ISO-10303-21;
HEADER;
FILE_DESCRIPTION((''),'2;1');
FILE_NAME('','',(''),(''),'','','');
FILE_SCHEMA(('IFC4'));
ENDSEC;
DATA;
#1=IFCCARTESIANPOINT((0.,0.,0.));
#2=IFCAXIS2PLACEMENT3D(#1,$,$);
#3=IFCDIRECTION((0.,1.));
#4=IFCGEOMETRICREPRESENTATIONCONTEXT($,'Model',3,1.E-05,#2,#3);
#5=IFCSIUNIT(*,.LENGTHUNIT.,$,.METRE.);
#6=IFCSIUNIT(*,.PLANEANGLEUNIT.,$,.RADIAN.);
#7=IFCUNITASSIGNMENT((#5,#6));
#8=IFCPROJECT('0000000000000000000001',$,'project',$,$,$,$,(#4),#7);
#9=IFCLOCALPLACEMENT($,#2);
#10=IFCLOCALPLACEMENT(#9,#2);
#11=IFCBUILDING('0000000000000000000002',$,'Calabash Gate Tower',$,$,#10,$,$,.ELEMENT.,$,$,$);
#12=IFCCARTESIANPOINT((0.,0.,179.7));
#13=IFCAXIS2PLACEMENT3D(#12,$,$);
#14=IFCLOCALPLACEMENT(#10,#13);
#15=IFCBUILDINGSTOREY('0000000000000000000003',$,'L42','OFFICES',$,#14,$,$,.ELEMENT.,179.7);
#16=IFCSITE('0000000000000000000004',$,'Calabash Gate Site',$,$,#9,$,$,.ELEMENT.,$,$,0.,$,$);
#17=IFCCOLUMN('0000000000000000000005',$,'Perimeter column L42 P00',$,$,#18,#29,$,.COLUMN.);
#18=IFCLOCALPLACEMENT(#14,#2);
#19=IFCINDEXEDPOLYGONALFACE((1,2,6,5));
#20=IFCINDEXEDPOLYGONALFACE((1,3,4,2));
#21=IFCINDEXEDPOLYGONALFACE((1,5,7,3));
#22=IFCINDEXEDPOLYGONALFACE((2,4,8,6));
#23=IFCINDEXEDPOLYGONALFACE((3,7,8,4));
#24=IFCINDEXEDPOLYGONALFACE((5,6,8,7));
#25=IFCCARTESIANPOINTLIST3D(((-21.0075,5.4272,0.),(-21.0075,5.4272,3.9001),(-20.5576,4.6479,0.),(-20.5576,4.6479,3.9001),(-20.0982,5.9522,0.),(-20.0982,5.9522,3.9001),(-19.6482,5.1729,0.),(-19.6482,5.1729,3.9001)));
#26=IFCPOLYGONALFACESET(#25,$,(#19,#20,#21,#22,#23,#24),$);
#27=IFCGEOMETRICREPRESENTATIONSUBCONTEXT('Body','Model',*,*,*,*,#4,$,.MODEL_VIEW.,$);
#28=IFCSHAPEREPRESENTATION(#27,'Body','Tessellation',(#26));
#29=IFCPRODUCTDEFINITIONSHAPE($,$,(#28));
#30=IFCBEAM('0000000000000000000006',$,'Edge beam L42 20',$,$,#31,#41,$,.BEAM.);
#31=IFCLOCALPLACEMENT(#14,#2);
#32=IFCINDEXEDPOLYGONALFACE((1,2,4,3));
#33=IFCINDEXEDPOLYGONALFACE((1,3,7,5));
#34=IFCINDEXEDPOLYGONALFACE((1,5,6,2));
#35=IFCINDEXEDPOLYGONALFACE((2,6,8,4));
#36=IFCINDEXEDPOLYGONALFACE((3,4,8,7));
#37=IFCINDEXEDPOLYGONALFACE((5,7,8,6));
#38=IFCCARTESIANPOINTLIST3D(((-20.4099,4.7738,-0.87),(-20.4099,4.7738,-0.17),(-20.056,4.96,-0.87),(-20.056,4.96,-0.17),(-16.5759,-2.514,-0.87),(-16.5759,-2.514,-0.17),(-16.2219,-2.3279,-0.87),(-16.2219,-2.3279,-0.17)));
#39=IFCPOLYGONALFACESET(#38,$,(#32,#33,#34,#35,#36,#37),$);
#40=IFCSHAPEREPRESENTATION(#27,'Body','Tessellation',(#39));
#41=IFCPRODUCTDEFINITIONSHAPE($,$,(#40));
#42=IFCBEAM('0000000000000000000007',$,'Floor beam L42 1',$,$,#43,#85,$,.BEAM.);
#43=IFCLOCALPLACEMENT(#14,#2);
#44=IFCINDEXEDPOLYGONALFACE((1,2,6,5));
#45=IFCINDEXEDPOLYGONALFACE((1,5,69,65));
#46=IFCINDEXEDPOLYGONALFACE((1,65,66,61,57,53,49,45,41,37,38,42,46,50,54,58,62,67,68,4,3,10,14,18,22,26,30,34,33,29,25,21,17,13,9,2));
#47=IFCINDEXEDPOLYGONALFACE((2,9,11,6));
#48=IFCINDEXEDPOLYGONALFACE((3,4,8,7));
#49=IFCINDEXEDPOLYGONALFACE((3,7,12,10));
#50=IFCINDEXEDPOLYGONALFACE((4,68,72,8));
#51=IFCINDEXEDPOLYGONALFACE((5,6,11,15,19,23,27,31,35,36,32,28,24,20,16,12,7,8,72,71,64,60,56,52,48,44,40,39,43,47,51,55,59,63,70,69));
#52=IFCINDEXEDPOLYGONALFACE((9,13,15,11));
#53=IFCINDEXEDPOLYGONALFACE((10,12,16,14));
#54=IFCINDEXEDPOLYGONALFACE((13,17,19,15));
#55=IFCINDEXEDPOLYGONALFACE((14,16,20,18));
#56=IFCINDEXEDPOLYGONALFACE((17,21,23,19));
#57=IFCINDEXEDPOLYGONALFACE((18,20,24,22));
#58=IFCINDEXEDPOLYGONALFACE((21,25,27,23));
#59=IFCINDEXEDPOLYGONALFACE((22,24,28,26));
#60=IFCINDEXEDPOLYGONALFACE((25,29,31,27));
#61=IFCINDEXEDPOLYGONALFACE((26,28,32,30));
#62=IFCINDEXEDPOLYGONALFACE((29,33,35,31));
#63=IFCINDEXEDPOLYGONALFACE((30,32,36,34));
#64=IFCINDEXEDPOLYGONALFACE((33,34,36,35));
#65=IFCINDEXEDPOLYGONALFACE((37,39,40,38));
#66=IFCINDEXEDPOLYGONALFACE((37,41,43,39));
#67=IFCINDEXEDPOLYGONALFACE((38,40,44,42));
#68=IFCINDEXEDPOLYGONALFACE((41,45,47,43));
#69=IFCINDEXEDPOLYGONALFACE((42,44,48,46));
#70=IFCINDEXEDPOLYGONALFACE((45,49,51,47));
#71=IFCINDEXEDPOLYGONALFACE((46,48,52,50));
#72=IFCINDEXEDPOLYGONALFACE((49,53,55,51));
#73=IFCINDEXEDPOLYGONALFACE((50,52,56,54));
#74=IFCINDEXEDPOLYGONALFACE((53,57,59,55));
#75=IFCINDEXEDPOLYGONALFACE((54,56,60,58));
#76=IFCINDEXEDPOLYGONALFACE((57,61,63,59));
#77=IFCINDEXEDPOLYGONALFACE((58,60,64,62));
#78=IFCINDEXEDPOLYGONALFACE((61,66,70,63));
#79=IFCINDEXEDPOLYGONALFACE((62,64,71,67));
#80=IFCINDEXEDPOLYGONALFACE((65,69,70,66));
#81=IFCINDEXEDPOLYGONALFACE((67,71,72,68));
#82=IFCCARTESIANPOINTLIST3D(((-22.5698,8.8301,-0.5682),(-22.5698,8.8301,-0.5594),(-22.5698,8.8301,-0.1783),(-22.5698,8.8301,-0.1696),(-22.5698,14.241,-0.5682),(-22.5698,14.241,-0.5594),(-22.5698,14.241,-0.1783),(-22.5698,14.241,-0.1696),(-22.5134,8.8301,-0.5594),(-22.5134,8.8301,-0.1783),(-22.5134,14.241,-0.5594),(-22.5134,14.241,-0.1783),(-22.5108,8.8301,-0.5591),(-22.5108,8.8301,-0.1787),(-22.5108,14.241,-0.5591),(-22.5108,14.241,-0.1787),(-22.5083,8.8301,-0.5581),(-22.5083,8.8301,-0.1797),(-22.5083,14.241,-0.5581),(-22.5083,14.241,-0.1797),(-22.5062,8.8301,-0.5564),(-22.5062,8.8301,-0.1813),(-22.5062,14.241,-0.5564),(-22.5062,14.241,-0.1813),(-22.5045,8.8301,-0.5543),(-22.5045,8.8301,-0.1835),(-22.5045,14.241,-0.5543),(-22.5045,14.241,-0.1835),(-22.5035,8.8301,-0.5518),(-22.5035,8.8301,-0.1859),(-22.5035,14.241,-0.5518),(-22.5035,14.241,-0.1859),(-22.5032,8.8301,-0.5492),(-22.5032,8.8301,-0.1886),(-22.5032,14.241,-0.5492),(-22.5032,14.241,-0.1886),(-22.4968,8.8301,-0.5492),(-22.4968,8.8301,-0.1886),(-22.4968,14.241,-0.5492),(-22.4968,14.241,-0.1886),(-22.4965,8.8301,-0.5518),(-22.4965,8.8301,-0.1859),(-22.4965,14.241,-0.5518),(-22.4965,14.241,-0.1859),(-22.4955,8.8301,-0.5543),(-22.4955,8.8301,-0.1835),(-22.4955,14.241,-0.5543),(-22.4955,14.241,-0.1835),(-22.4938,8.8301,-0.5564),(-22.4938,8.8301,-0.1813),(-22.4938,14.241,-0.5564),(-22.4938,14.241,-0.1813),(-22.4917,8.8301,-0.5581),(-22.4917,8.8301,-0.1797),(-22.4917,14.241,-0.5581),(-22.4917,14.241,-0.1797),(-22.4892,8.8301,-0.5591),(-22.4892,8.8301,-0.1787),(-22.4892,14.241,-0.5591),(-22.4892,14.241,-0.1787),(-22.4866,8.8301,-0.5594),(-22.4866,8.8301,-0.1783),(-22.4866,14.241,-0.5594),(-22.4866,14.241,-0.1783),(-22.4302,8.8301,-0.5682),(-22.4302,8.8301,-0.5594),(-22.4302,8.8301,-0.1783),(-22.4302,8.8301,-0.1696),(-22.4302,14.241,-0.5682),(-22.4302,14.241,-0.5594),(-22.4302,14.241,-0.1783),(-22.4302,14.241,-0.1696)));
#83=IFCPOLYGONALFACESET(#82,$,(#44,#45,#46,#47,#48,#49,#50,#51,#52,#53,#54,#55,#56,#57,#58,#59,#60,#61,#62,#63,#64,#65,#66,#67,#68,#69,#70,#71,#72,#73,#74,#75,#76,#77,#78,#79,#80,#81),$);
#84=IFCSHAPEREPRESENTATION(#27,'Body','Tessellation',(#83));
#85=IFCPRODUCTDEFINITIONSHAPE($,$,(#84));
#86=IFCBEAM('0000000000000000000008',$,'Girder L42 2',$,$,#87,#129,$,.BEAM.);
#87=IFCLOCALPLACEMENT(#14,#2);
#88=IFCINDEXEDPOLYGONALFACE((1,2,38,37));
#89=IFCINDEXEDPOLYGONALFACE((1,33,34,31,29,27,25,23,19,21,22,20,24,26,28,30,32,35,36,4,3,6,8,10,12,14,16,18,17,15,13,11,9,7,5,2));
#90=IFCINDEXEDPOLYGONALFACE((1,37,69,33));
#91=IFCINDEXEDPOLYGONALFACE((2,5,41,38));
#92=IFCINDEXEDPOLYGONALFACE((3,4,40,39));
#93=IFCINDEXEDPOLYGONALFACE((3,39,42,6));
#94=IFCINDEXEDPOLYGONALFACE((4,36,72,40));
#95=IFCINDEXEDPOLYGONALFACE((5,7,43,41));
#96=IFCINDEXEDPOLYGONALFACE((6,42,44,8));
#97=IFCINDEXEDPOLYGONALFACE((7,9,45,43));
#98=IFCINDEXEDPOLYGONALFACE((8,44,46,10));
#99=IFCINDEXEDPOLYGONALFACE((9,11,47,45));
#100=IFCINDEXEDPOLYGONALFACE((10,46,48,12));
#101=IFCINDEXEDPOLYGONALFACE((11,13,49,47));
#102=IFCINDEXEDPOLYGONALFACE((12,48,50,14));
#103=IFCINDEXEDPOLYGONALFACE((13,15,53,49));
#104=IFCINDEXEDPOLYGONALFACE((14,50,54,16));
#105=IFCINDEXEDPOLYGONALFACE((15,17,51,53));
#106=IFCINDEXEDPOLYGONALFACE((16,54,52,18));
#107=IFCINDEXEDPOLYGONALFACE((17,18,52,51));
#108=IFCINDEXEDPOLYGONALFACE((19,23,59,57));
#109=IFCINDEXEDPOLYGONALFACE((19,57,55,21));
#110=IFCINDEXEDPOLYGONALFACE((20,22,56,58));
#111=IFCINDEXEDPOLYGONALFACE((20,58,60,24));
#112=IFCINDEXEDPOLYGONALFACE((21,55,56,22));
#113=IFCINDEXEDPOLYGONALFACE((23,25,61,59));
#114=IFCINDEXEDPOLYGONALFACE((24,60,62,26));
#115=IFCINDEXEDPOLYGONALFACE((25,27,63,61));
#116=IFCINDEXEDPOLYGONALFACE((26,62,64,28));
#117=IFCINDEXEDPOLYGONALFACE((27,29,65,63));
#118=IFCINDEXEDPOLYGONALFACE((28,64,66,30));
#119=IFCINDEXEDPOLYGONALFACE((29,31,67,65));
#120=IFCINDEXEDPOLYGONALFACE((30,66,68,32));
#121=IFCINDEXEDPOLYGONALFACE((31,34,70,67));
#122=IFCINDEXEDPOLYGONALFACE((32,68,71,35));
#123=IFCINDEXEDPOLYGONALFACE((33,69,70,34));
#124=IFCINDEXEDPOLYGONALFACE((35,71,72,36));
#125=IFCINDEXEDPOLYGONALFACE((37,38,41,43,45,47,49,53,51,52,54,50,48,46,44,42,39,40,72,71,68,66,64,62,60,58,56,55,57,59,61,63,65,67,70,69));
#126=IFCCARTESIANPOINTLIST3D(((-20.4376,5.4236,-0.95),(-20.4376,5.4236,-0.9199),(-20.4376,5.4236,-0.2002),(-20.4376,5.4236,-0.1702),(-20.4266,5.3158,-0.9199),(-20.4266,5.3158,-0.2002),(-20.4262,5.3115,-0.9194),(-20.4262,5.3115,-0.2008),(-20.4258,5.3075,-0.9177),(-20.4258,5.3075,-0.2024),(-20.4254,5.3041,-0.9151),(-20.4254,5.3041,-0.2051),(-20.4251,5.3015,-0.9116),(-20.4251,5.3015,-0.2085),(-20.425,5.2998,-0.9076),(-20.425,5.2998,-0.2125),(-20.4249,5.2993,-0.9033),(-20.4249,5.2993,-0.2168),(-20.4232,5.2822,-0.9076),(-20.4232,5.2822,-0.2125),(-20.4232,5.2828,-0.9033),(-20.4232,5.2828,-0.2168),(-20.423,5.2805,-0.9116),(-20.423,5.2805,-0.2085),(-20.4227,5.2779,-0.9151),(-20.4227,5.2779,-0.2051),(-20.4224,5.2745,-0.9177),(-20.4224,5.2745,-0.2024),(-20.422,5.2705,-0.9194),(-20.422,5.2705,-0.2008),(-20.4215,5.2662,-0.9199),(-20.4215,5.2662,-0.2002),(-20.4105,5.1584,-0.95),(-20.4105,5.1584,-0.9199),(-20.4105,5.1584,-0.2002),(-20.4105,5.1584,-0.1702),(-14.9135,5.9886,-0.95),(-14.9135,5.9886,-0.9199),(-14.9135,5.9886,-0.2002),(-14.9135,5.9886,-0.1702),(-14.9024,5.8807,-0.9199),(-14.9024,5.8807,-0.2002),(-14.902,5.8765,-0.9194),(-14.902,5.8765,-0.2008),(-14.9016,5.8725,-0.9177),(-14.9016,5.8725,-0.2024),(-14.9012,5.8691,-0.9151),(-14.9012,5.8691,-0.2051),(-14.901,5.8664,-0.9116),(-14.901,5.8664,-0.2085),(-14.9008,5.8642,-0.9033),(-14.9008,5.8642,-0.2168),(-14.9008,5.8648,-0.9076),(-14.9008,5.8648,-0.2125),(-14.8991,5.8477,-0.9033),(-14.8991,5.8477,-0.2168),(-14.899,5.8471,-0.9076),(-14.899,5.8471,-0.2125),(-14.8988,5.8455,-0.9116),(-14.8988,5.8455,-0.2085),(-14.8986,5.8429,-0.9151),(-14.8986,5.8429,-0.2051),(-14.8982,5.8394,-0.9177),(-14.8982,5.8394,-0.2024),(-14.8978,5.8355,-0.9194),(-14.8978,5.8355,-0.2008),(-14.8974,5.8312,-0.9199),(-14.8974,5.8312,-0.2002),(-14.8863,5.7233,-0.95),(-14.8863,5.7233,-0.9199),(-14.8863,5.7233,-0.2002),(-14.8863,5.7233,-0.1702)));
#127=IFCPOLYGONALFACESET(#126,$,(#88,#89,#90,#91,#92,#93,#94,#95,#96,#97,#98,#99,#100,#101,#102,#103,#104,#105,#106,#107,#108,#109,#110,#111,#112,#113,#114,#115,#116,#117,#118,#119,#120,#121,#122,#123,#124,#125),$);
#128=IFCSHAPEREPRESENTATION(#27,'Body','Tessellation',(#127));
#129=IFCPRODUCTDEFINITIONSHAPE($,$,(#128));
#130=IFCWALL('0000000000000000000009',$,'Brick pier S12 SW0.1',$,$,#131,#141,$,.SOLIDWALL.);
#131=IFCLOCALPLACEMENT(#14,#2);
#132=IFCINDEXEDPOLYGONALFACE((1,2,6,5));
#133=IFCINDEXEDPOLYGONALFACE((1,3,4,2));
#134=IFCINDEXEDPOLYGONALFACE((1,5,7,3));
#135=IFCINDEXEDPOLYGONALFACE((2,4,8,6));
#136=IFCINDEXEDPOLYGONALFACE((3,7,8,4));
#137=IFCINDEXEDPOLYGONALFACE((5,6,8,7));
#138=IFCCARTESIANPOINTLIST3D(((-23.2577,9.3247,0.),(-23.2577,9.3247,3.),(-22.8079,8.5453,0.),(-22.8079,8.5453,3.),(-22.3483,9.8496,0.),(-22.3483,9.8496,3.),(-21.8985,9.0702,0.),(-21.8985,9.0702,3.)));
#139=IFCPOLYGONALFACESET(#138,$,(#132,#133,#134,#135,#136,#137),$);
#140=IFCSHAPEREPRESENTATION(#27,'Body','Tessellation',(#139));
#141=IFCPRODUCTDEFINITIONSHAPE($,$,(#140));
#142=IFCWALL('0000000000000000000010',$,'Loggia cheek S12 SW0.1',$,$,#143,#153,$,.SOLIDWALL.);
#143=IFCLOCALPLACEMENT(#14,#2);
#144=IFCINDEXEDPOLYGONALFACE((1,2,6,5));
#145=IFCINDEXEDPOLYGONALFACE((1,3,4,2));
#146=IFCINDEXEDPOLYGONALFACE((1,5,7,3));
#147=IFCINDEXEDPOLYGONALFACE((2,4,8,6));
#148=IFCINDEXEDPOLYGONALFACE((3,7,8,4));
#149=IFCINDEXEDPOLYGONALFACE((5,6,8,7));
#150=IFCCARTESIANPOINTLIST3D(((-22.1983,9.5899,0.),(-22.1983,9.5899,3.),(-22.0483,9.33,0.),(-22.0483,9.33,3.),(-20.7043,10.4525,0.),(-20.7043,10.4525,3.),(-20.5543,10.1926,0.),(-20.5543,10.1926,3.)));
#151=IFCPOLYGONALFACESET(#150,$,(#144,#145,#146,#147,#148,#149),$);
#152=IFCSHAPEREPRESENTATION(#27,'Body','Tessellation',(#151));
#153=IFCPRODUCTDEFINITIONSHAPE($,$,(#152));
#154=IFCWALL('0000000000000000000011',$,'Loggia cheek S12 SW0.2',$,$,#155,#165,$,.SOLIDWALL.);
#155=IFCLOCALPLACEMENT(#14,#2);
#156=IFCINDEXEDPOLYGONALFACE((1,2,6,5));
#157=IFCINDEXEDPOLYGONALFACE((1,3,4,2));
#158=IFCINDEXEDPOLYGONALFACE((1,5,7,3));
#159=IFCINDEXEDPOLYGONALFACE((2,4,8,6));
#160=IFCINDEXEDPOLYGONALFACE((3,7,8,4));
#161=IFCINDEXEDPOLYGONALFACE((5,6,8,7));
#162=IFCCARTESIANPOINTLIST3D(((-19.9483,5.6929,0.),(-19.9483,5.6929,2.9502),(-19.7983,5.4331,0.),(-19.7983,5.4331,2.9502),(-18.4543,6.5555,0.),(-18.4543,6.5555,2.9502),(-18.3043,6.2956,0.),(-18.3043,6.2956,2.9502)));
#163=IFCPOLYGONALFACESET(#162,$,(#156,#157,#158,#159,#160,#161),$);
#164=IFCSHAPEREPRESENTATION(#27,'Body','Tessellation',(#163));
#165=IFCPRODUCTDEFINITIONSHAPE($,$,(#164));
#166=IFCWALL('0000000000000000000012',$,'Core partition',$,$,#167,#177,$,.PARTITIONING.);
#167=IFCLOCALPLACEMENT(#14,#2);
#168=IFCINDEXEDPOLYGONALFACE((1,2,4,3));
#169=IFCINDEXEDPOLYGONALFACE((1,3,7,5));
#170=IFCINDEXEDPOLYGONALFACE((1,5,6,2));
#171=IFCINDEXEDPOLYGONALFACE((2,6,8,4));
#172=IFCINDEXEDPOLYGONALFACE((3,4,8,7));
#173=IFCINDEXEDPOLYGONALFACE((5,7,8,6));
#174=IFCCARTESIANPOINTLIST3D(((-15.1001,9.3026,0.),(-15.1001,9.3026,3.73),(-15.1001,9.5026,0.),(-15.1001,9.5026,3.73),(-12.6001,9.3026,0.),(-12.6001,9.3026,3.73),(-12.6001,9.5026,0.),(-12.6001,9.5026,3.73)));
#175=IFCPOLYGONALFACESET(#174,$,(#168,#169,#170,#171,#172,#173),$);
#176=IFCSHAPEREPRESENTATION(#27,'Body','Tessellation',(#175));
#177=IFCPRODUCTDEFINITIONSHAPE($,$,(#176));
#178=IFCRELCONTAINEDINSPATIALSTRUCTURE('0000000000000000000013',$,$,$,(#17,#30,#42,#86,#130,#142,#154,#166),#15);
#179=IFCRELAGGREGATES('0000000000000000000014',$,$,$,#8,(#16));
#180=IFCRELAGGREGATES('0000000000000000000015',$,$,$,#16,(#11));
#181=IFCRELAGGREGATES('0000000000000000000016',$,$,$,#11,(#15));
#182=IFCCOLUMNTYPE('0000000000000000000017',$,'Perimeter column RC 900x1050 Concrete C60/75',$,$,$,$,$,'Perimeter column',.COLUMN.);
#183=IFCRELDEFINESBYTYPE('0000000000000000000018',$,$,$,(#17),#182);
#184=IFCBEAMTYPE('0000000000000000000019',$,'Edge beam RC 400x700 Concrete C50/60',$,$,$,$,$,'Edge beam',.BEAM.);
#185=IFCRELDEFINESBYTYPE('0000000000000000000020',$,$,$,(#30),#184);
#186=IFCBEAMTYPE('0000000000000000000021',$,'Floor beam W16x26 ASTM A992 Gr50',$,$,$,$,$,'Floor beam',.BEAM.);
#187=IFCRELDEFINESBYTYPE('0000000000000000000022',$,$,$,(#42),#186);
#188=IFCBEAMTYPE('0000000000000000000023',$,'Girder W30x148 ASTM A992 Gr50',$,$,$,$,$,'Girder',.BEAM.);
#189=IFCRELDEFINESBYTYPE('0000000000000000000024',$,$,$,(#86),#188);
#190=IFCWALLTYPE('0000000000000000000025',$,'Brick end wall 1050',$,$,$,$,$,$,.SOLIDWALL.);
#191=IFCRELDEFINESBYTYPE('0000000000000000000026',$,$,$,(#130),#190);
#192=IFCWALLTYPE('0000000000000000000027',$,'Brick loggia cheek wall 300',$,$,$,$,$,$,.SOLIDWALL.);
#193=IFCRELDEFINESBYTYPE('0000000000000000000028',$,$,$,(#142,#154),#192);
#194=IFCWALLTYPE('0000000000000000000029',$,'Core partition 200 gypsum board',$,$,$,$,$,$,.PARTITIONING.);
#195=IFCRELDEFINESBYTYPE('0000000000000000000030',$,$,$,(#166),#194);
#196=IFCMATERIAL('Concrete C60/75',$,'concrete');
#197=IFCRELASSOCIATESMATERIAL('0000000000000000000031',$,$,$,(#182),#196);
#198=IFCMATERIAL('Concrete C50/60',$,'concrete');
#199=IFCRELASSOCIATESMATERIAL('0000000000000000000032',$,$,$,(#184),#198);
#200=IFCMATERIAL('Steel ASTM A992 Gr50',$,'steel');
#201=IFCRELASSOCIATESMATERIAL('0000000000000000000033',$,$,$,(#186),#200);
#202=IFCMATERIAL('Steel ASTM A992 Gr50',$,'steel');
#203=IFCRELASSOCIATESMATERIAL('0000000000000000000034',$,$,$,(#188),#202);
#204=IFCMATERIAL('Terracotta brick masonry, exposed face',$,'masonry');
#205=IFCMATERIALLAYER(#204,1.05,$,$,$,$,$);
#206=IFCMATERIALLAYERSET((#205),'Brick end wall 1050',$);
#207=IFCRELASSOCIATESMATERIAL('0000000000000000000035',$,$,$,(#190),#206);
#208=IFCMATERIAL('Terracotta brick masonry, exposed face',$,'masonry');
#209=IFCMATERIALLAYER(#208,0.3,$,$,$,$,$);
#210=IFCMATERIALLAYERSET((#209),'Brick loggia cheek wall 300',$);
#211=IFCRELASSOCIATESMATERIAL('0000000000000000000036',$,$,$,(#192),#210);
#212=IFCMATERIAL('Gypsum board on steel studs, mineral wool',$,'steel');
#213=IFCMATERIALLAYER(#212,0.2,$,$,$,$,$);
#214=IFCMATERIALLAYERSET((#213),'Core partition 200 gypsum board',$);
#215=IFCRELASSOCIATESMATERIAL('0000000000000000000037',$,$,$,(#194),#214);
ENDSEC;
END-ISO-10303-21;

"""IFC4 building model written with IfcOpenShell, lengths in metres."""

from ifc_helpers import new_model, si_unit, direction, frame, frame_2d, origin, origin_2d, place, context, subcontext, project, spatial, rectangle, i_section, extrude, material, layer, layer_set, material_profile, profile_set, type_object, element, save


model = new_model("IFC4")

# Units and contexts
model_context = context("Model", 3, precision=1e-05, world=origin(), true_north=direction((0.0, 1.0)))
body_context = subcontext(model_context, "Body", "Model", "MODEL_VIEW")
ifc_project = project(units=[si_unit("LENGTHUNIT", "METRE"), si_unit("PLANEANGLEUNIT", "RADIAN")], contexts=[model_context])

# Site, building, storey
site_placement = place(None, origin())
site = spatial("IfcSite", under=ifc_project, at=site_placement, Name="Calabash Gate Site", CompositionType="ELEMENT", RefElevation=0.0)
building_placement = place(site_placement, origin())
building = spatial("IfcBuilding", under=site, at=building_placement, Name="Calabash Gate Tower", CompositionType="ELEMENT")
storey_placement = place(building_placement, frame((0.0, 0.0, 179.7)))
storey = spatial("IfcBuildingStorey", under=building, at=storey_placement, Name="L42", Description="OFFICES", CompositionType="ELEMENT", Elevation=179.7)

# Column
ifc_material_1 = material(Name="Concrete C60/75", Category="concrete")
ifc_material_profile_1 = material_profile(ifc_material_1, rectangle(XDim=0.8999, YDim=1.05, at=origin_2d()))
ifc_profile_set_1 = profile_set([ifc_material_profile_1], Name="Concrete C60/75")
column_type = type_object("IfcColumnType", Name="Perimeter column RC 900x1050 Concrete C60/75", ElementType="Perimeter column", PredefinedType="COLUMN", material=ifc_profile_set_1)
column_placement = place(storey_placement, frame((-20.3279, 5.3, 0.0), z_axis=(0.0, 0.0, 1.0), x_axis=(0.5, -0.866025, 0.0)))
element("IfcColumn", 1, at=column_placement, inside=storey, type_object=column_type, Name="Perimeter column L42 P00", PredefinedType="COLUMN", context=body_context, shape_type="SweptSolid", body=[
    extrude(rectangle(XDim=0.8999, YDim=1.05, at=origin_2d()), origin(), (0.0, 0.0, 1.0), 3.9001),
])

# Beams
ifc_material_2 = material(Name="Concrete C50/60", Category="concrete")
ifc_material_profile_2 = material_profile(ifc_material_2, rectangle(XDim=0.3999, YDim=0.7, at=origin_2d()))
ifc_profile_set_2 = profile_set([ifc_material_profile_2], Name="Concrete C50/60")
beam_type_1 = type_object("IfcBeamType", Name="Edge beam RC 400x700 Concrete C50/60", ElementType="Edge beam", PredefinedType="BEAM", material=ifc_profile_set_2)
beam_1_placement = place(storey_placement, frame((-20.2329, 4.8669, -0.52), z_axis=(0.465583, -0.885004, 0.0), x_axis=(0.885004, 0.465583, 0.0)))
element("IfcBeam", 2, at=beam_1_placement, inside=storey, type_object=beam_type_1, Name="Edge beam L42 20", PredefinedType="BEAM", context=body_context, shape_type="SweptSolid", body=[
    extrude(rectangle(XDim=0.3999, YDim=0.7, at=origin_2d()), origin(), (0.0, 0.0, 1.0), 8.2349),
])
ifc_material_3 = material(Name="Steel ASTM A992 Gr50", Category="steel")
ifc_material_profile_3 = material_profile(ifc_material_3, i_section(OverallWidth=0.1396, OverallDepth=0.3987, WebThickness=0.0063, FlangeThickness=0.0088, FilletRadius=0.0103, at=origin_2d()))
ifc_profile_set_3 = profile_set([ifc_material_profile_3], Name="Steel ASTM A992 Gr50")
beam_type_2 = type_object("IfcBeamType", Name="Floor beam W16x26 ASTM A992 Gr50", ElementType="Floor beam", PredefinedType="BEAM", material=ifc_profile_set_3)
beam_2_placement = place(storey_placement, frame((-22.5, 8.8301, -0.3689), z_axis=(0.0, 1.0, 0.0), x_axis=(-1.0, 0.0, 0.0)))
element("IfcBeam", 3, at=beam_2_placement, inside=storey, type_object=beam_type_2, Name="Floor beam L42 1", PredefinedType="BEAM", context=body_context, shape_type="SweptSolid", body=[
    extrude(i_section(OverallWidth=0.1396, OverallDepth=0.3987, WebThickness=0.0063, FlangeThickness=0.0088, FilletRadius=0.0103, at=origin_2d()), origin(), (0.0, 0.0, 1.0), 5.4109),
])
ifc_material_4 = material(Name="Steel ASTM A992 Gr50", Category="steel")
ifc_material_profile_4 = material_profile(ifc_material_4, i_section(OverallWidth=0.2666, OverallDepth=0.7798, WebThickness=0.0166, FlangeThickness=0.03, FilletRadius=0.0166, at=origin_2d()))
ifc_profile_set_4 = profile_set([ifc_material_profile_4], Name="Steel ASTM A992 Gr50")
beam_type_3 = type_object("IfcBeamType", Name="Girder W30x148 ASTM A992 Gr50", ElementType="Girder", PredefinedType="BEAM", material=ifc_profile_set_4)
beam_3_placement = place(storey_placement, frame((-20.4241, 5.291, -0.5601), z_axis=(0.994811, 0.101737, 0.0), x_axis=(-0.101737, 0.994811, 0.0)))
element("IfcBeam", 4, at=beam_3_placement, inside=storey, type_object=beam_type_3, Name="Girder L42 2", PredefinedType="BEAM", context=body_context, shape_type="SweptSolid", body=[
    extrude(i_section(OverallWidth=0.2666, OverallDepth=0.7798, WebThickness=0.0166, FlangeThickness=0.03, FilletRadius=0.0166, at=origin_2d()), origin(), (0.0, 0.0, 1.0), 5.553),
])

# Walls
ifc_material_5 = material(Name="Terracotta brick masonry, exposed face", Category="masonry")
ifc_layer_1 = layer(ifc_material_5, 1.05)
ifc_layer_set_1 = layer_set([ifc_layer_1], Name="Brick end wall 1050")
wall_type_1 = type_object("IfcWallType", Name="Brick end wall 1050", PredefinedType="SOLIDWALL", material=ifc_layer_set_1)
wall_1_placement = place(storey_placement, frame((-23.0327, 8.9351, 0.0), z_axis=(0.0, 0.0, 1.0), x_axis=(0.866089, 0.49989, 0.0)))
element("IfcWall", 5, at=wall_1_placement, inside=storey, type_object=wall_type_1, Name="Brick pier S12 SW0.1", PredefinedType="SOLIDWALL", context=body_context, shape_type="SweptSolid", body=[
    extrude(rectangle(XDim=1.05, YDim=0.8999, at=frame_2d((0.5249, 0.0))), origin(), (0.0, 0.0, 1.0), 3.0),
])
ifc_material_6 = material(Name="Terracotta brick masonry, exposed face", Category="masonry")
ifc_layer_2 = layer(ifc_material_6, 0.3)
ifc_layer_set_2 = layer_set([ifc_layer_2], Name="Brick loggia cheek wall 300")
wall_type_2 = type_object("IfcWallType", Name="Brick loggia cheek wall 300", PredefinedType="SOLIDWALL", material=ifc_layer_set_2)
wall_2_placement = place(storey_placement, frame((-22.1233, 9.46, 0.0), z_axis=(0.0, 0.0, 1.0), x_axis=(0.866014, 0.500021, 0.0)))
element("IfcWall", 6, at=wall_2_placement, inside=storey, type_object=wall_type_2, Name="Loggia cheek S12 SW0.1", PredefinedType="SOLIDWALL", context=body_context, shape_type="SweptSolid", body=[
    extrude(rectangle(XDim=1.7251, YDim=0.3, at=frame_2d((0.8625, 0.0))), origin(), (0.0, 0.0, 1.0), 3.0),
])
wall_3_placement = place(storey_placement, frame((-19.8733, 5.563, 0.0), z_axis=(0.0, 0.0, 1.0), x_axis=(0.866014, 0.500021, 0.0)))
element("IfcWall", 7, at=wall_3_placement, inside=storey, type_object=wall_type_2, Name="Loggia cheek S12 SW0.2", PredefinedType="SOLIDWALL", context=body_context, shape_type="SweptSolid", body=[
    extrude(rectangle(XDim=1.7251, YDim=0.3, at=frame_2d((0.8625, 0.0))), origin(), (0.0, 0.0, 1.0), 2.9502),
])
ifc_material_7 = material(Name="Gypsum board on steel studs, mineral wool", Category="steel")
ifc_layer_3 = layer(ifc_material_7, 0.2)
ifc_layer_set_3 = layer_set([ifc_layer_3], Name="Core partition 200 gypsum board")
wall_type_3 = type_object("IfcWallType", Name="Core partition 200 gypsum board", PredefinedType="PARTITIONING", material=ifc_layer_set_3)
wall_4_placement = place(storey_placement, frame((-15.1001, 9.4026, 0.0), z_axis=(0.0, 0.0, 1.0), x_axis=(1.0, 0.0, 0.0)))
element("IfcWall", 8, at=wall_4_placement, inside=storey, type_object=wall_type_3, Name="Core partition", PredefinedType="PARTITIONING", context=body_context, shape_type="SweptSolid", body=[
    extrude(rectangle(XDim=2.5, YDim=0.2, at=frame_2d((1.25, 0.0))), origin(), (0.0, 0.0, 1.0), 3.73),
])

save(model, "model.ifc")
